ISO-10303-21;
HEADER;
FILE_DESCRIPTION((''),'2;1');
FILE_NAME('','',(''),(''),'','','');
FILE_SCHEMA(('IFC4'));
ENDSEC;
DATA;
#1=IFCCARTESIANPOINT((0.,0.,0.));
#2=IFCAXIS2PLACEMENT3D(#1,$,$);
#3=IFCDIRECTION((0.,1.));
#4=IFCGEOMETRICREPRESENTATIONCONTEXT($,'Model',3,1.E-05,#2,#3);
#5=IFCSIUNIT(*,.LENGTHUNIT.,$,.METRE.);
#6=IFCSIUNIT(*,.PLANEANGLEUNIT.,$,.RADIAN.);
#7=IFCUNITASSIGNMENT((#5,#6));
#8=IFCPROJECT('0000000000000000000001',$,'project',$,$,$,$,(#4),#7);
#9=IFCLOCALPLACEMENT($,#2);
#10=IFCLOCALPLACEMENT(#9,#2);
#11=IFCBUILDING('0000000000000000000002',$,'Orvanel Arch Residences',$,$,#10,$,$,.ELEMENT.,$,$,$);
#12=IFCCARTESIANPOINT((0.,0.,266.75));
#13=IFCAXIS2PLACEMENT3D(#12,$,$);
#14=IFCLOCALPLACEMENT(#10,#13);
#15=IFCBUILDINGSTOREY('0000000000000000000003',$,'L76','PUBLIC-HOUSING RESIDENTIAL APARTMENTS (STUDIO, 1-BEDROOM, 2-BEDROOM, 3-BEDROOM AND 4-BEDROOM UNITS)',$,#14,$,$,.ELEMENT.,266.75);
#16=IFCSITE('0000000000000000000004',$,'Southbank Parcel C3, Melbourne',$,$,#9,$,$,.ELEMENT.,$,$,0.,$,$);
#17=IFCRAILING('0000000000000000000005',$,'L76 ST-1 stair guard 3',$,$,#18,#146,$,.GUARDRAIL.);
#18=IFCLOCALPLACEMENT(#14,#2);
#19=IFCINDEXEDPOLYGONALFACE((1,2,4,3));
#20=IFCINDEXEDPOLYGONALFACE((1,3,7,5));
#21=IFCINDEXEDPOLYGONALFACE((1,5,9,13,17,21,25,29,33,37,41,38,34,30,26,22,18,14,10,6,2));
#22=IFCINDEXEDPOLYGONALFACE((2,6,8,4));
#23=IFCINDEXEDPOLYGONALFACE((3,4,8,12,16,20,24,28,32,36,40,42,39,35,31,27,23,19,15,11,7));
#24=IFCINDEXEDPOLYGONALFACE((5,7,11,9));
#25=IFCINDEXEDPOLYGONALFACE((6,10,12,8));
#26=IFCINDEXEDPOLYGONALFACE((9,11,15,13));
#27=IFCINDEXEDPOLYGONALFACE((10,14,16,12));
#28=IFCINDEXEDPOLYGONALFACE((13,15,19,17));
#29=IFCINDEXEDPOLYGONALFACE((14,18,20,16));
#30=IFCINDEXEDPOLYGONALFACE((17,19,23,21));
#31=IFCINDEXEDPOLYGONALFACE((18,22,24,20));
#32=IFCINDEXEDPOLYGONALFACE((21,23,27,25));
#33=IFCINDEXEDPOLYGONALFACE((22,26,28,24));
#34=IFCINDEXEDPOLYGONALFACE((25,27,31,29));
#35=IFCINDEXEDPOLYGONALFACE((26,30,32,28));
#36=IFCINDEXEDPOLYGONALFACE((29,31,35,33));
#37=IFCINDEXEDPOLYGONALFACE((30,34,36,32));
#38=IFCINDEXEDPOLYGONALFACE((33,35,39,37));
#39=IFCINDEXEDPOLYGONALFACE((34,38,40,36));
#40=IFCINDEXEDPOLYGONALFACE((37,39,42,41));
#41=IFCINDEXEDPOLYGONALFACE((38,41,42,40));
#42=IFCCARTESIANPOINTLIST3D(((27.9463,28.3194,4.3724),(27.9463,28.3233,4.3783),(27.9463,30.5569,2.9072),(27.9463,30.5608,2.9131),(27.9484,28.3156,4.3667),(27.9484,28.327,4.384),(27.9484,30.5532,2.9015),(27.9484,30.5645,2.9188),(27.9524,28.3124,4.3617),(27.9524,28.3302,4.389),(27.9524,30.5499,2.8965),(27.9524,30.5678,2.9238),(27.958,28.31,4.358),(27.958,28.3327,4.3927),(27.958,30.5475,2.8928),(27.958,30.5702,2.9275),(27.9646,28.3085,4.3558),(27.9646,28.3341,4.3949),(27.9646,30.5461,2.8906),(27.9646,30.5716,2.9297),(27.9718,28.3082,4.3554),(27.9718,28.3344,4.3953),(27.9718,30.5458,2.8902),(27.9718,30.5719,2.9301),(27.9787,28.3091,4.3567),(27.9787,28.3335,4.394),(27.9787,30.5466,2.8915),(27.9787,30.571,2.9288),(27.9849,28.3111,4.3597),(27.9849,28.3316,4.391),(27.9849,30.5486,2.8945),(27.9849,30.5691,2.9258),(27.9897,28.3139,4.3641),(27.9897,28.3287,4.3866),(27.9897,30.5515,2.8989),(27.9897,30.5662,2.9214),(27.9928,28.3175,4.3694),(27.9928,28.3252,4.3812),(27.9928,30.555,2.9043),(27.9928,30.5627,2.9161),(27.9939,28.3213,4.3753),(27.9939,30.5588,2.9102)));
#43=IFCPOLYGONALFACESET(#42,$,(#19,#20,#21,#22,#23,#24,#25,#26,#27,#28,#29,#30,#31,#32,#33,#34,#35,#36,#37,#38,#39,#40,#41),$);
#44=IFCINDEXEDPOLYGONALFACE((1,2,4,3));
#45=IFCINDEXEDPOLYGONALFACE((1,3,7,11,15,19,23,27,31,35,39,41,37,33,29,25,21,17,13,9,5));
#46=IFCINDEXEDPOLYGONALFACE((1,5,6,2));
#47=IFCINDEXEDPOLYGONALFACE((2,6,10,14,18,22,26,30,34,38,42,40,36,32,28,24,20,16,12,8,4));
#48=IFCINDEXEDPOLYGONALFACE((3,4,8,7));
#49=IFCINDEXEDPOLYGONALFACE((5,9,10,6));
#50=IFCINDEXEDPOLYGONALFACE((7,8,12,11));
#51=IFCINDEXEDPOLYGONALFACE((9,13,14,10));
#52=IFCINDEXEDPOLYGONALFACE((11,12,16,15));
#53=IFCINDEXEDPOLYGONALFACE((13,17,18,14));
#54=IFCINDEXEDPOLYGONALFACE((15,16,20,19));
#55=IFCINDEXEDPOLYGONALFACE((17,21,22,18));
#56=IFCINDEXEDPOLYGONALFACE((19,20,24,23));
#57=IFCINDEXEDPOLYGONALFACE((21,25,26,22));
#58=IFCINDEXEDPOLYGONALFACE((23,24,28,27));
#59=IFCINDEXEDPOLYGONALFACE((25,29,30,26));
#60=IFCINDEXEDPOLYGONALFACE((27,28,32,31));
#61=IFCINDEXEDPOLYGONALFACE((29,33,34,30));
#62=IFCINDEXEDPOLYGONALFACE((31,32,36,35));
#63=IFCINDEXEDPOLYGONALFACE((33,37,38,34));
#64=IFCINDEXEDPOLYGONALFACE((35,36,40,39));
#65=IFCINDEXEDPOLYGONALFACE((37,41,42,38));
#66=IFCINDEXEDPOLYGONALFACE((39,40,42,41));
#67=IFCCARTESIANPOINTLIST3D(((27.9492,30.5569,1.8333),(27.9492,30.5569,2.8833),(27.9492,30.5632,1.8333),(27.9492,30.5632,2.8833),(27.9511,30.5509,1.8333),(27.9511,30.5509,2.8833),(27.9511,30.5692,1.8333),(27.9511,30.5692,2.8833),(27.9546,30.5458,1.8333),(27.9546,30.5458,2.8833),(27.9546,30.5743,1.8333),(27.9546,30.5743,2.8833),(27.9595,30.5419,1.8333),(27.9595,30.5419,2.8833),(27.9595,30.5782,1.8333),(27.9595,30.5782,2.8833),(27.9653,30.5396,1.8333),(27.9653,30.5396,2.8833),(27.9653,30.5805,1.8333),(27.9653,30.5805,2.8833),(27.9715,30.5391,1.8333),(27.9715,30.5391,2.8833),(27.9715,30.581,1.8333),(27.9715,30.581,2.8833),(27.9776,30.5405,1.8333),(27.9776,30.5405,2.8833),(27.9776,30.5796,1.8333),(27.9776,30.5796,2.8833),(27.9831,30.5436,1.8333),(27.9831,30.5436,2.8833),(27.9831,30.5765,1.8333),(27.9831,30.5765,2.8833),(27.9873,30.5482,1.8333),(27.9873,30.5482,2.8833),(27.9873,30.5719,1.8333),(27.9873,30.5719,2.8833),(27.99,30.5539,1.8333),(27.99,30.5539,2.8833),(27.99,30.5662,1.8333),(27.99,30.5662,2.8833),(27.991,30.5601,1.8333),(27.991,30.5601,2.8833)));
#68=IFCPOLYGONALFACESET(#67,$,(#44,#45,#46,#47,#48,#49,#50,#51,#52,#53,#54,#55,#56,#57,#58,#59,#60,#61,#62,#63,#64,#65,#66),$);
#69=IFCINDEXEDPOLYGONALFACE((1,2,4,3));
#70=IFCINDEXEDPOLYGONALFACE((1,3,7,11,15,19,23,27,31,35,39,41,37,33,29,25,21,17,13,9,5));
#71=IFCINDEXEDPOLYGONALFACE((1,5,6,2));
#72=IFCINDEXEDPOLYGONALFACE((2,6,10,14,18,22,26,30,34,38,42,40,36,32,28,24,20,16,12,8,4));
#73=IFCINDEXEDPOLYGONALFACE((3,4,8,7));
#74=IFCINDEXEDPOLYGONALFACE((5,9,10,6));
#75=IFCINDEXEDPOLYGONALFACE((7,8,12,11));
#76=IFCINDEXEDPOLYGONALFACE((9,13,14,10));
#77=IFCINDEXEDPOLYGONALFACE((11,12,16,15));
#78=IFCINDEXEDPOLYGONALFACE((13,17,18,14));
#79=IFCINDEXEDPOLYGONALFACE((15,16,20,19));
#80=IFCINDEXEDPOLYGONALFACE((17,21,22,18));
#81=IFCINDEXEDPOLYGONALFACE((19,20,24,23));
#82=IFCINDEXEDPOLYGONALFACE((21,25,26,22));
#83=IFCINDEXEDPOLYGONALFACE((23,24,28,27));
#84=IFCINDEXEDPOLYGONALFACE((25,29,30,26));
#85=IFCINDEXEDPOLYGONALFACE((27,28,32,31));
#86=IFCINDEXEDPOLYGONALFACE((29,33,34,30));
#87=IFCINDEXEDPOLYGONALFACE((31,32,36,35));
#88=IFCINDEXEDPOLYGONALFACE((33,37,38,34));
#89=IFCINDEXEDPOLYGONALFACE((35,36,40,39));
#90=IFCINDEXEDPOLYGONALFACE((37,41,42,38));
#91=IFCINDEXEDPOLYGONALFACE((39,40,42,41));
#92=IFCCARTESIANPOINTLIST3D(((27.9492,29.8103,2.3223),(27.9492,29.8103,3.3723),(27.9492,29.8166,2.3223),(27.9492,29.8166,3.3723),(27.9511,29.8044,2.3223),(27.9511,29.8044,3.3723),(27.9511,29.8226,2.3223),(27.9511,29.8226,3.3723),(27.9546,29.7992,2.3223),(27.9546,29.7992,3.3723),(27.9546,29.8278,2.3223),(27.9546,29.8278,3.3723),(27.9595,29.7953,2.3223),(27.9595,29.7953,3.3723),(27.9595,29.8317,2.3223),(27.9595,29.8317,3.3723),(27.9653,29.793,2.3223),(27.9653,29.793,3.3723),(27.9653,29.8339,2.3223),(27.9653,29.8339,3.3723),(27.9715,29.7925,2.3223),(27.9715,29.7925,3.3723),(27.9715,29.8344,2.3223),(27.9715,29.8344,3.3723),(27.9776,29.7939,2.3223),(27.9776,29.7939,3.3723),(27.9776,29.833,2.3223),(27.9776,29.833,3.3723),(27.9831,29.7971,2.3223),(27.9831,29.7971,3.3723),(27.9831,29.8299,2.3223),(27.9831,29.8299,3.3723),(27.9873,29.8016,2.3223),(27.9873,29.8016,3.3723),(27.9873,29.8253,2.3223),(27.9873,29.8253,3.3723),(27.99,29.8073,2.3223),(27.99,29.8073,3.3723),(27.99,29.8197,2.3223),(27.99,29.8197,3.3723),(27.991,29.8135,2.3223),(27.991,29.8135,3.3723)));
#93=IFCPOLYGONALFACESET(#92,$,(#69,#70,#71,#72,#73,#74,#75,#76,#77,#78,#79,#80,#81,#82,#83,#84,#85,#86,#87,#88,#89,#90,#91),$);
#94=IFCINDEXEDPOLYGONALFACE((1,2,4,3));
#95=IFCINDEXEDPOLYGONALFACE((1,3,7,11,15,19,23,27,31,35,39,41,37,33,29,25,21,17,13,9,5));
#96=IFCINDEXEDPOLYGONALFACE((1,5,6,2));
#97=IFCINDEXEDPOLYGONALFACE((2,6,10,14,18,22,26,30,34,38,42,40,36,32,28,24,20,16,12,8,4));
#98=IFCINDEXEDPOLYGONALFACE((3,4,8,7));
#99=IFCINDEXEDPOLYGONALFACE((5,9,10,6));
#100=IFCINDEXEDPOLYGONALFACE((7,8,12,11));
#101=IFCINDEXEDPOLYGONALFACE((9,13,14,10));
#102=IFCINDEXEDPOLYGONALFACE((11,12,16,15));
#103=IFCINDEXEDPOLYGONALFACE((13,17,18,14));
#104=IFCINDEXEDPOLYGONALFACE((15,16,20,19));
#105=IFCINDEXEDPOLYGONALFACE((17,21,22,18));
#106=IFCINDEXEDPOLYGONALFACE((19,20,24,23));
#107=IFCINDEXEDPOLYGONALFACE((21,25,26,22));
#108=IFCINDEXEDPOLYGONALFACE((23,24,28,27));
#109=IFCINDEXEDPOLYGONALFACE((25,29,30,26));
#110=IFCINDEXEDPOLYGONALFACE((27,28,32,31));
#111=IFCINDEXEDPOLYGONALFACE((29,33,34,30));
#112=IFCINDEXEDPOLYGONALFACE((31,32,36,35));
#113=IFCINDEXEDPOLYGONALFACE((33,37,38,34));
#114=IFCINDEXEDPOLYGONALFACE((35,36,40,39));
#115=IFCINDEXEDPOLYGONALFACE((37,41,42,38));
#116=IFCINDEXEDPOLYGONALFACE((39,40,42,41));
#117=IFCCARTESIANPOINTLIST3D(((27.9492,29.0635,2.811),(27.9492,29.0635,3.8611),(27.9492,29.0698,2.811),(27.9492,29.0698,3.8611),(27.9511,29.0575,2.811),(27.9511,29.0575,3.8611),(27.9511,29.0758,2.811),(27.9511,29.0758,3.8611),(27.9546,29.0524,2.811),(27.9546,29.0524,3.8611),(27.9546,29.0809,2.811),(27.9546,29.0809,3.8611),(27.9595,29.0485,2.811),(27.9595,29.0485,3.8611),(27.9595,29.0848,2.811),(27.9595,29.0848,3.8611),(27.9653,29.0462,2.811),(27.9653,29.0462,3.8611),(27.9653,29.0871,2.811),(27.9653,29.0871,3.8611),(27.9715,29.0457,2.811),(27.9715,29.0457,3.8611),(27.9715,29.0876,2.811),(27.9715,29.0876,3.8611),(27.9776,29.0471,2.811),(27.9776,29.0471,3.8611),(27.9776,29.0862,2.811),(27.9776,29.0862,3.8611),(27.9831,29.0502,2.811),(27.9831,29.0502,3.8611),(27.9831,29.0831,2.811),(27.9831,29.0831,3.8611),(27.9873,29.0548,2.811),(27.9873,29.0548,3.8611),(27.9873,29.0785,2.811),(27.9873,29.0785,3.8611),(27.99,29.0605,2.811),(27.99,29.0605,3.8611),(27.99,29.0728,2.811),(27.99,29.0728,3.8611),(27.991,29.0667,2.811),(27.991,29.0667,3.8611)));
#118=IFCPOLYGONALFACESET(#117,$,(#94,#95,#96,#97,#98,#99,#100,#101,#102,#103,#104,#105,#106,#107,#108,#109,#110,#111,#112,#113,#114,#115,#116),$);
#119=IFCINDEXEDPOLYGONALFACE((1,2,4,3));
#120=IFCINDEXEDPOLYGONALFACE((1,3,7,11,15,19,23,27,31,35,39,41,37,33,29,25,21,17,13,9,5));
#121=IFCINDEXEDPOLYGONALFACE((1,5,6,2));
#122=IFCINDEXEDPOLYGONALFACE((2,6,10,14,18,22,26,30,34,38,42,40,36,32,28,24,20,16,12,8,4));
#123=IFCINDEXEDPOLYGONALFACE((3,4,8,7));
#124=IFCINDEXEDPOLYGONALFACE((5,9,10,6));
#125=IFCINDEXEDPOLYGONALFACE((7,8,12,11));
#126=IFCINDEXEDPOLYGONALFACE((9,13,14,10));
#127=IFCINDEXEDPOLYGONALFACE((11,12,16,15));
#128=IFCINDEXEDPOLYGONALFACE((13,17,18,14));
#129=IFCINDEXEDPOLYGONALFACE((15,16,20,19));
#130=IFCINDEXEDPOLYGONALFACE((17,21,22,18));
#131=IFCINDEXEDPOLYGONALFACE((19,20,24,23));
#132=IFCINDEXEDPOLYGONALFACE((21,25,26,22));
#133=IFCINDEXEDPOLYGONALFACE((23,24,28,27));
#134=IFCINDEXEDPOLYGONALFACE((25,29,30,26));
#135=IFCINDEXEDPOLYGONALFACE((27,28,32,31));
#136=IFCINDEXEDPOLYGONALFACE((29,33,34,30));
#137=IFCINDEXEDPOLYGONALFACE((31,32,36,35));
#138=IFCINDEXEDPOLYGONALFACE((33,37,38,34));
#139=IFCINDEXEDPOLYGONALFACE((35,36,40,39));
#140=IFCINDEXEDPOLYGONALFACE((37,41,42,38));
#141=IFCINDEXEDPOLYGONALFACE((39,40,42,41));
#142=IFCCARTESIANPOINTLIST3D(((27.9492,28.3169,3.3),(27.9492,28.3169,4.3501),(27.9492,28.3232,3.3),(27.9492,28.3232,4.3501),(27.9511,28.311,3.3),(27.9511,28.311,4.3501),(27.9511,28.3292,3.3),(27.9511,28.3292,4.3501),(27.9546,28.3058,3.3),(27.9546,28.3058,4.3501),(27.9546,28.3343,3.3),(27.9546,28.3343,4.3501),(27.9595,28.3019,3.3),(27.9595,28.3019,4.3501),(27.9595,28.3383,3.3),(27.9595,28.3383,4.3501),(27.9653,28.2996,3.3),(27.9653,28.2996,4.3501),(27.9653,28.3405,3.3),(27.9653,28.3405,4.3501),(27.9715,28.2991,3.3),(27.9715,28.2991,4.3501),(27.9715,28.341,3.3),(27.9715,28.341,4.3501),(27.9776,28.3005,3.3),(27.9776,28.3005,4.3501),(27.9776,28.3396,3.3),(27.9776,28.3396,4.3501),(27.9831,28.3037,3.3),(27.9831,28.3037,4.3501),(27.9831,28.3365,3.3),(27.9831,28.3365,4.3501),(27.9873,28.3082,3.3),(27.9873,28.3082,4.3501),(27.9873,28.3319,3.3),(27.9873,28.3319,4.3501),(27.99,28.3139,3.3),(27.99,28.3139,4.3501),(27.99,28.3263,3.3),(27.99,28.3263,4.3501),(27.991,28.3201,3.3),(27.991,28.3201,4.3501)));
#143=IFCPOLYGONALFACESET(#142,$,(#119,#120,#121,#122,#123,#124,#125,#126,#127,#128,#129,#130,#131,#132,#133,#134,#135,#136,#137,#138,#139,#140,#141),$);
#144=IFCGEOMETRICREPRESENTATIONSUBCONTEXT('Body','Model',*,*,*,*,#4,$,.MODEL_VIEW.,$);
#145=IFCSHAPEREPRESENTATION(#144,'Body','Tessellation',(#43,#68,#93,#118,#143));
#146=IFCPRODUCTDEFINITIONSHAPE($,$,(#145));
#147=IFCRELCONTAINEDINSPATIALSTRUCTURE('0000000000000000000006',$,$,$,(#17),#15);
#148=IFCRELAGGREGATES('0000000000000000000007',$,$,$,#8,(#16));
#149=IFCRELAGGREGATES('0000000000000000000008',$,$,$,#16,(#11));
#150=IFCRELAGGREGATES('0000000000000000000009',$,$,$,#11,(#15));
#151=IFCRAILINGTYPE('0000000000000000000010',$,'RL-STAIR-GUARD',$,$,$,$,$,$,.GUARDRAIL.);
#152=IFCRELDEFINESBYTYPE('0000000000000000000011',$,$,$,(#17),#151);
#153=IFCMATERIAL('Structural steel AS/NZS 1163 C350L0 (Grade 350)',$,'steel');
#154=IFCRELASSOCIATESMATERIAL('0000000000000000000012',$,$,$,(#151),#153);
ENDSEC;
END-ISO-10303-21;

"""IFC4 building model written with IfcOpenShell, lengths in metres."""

from ifc_helpers import new_model, si_unit, direction, frame, origin, origin_2d, place, context, subcontext, project, spatial, circle, extrude, material, type_object, element, save


model = new_model("IFC4")

# Units and contexts
model_context = context("Model", 3, precision=1e-05, world=origin(), true_north=direction((0.0, 1.0)))
body_context = subcontext(model_context, "Body", "Model", "MODEL_VIEW")
ifc_project = project(units=[si_unit("LENGTHUNIT", "METRE"), si_unit("PLANEANGLEUNIT", "RADIAN")], contexts=[model_context])

# Site, building, storey
site_placement = place(None, origin())
site = spatial("IfcSite", under=ifc_project, at=site_placement, Name="Southbank Parcel C3, Melbourne", CompositionType="ELEMENT", RefElevation=0.0)
building_placement = place(site_placement, origin())
building = spatial("IfcBuilding", under=site, at=building_placement, Name="Orvanel Arch Residences", CompositionType="ELEMENT")
storey_placement = place(building_placement, frame((0.0, 0.0, 266.75)))
storey = spatial("IfcBuildingStorey", under=building, at=storey_placement, Name="L76", Description="PUBLIC-HOUSING RESIDENTIAL APARTMENTS (STUDIO, 1-BEDROOM, 2-BEDROOM, 3-BEDROOM AND 4-BEDROOM UNITS)", CompositionType="ELEMENT", Elevation=266.75)

# Railing
ifc_material_1 = material(Name="Structural steel AS/NZS 1163 C350L0 (Grade 350)", Category="steel")
railing_type_1 = type_object("IfcRailingType", Name="RL-STAIR-GUARD", PredefinedType="GUARDRAIL", material=ifc_material_1)
railing_1_placement = place(storey_placement, frame((27.97, 30.5601, 1.8333)))
element("IfcRailing", 1, at=railing_1_placement, inside=storey, type_object=railing_type_1, Name="L76 ST-1 stair guard 3", PredefinedType="GUARDRAIL", context=body_context, shape_type="SweptSolid", body=[
    extrude(circle(Radius=0.0239, at=origin_2d()), frame((0.0, -0.0012, 1.0769), z_axis=(0.0, -0.836595, 0.547822), x_axis=(1.0, 0.0, 0.0)), (0.0, 0.0, 1.0), 2.6746),
    extrude(circle(Radius=0.021, at=origin_2d()), origin(), (0.0, 0.0, 1.0), 1.05),
    extrude(circle(Radius=0.021, at=origin_2d()), frame((0.0, -0.7466, 0.489)), (0.0, 0.0, 1.0), 1.05),
    extrude(circle(Radius=0.021, at=origin_2d()), frame((0.0, -1.4934, 0.9778)), (0.0, 0.0, 1.0), 1.05),
    extrude(circle(Radius=0.021, at=origin_2d()), frame((0.0, -2.24, 1.4668)), (0.0, 0.0, 1.0), 1.05),
])

save(model, "model.ifc")
